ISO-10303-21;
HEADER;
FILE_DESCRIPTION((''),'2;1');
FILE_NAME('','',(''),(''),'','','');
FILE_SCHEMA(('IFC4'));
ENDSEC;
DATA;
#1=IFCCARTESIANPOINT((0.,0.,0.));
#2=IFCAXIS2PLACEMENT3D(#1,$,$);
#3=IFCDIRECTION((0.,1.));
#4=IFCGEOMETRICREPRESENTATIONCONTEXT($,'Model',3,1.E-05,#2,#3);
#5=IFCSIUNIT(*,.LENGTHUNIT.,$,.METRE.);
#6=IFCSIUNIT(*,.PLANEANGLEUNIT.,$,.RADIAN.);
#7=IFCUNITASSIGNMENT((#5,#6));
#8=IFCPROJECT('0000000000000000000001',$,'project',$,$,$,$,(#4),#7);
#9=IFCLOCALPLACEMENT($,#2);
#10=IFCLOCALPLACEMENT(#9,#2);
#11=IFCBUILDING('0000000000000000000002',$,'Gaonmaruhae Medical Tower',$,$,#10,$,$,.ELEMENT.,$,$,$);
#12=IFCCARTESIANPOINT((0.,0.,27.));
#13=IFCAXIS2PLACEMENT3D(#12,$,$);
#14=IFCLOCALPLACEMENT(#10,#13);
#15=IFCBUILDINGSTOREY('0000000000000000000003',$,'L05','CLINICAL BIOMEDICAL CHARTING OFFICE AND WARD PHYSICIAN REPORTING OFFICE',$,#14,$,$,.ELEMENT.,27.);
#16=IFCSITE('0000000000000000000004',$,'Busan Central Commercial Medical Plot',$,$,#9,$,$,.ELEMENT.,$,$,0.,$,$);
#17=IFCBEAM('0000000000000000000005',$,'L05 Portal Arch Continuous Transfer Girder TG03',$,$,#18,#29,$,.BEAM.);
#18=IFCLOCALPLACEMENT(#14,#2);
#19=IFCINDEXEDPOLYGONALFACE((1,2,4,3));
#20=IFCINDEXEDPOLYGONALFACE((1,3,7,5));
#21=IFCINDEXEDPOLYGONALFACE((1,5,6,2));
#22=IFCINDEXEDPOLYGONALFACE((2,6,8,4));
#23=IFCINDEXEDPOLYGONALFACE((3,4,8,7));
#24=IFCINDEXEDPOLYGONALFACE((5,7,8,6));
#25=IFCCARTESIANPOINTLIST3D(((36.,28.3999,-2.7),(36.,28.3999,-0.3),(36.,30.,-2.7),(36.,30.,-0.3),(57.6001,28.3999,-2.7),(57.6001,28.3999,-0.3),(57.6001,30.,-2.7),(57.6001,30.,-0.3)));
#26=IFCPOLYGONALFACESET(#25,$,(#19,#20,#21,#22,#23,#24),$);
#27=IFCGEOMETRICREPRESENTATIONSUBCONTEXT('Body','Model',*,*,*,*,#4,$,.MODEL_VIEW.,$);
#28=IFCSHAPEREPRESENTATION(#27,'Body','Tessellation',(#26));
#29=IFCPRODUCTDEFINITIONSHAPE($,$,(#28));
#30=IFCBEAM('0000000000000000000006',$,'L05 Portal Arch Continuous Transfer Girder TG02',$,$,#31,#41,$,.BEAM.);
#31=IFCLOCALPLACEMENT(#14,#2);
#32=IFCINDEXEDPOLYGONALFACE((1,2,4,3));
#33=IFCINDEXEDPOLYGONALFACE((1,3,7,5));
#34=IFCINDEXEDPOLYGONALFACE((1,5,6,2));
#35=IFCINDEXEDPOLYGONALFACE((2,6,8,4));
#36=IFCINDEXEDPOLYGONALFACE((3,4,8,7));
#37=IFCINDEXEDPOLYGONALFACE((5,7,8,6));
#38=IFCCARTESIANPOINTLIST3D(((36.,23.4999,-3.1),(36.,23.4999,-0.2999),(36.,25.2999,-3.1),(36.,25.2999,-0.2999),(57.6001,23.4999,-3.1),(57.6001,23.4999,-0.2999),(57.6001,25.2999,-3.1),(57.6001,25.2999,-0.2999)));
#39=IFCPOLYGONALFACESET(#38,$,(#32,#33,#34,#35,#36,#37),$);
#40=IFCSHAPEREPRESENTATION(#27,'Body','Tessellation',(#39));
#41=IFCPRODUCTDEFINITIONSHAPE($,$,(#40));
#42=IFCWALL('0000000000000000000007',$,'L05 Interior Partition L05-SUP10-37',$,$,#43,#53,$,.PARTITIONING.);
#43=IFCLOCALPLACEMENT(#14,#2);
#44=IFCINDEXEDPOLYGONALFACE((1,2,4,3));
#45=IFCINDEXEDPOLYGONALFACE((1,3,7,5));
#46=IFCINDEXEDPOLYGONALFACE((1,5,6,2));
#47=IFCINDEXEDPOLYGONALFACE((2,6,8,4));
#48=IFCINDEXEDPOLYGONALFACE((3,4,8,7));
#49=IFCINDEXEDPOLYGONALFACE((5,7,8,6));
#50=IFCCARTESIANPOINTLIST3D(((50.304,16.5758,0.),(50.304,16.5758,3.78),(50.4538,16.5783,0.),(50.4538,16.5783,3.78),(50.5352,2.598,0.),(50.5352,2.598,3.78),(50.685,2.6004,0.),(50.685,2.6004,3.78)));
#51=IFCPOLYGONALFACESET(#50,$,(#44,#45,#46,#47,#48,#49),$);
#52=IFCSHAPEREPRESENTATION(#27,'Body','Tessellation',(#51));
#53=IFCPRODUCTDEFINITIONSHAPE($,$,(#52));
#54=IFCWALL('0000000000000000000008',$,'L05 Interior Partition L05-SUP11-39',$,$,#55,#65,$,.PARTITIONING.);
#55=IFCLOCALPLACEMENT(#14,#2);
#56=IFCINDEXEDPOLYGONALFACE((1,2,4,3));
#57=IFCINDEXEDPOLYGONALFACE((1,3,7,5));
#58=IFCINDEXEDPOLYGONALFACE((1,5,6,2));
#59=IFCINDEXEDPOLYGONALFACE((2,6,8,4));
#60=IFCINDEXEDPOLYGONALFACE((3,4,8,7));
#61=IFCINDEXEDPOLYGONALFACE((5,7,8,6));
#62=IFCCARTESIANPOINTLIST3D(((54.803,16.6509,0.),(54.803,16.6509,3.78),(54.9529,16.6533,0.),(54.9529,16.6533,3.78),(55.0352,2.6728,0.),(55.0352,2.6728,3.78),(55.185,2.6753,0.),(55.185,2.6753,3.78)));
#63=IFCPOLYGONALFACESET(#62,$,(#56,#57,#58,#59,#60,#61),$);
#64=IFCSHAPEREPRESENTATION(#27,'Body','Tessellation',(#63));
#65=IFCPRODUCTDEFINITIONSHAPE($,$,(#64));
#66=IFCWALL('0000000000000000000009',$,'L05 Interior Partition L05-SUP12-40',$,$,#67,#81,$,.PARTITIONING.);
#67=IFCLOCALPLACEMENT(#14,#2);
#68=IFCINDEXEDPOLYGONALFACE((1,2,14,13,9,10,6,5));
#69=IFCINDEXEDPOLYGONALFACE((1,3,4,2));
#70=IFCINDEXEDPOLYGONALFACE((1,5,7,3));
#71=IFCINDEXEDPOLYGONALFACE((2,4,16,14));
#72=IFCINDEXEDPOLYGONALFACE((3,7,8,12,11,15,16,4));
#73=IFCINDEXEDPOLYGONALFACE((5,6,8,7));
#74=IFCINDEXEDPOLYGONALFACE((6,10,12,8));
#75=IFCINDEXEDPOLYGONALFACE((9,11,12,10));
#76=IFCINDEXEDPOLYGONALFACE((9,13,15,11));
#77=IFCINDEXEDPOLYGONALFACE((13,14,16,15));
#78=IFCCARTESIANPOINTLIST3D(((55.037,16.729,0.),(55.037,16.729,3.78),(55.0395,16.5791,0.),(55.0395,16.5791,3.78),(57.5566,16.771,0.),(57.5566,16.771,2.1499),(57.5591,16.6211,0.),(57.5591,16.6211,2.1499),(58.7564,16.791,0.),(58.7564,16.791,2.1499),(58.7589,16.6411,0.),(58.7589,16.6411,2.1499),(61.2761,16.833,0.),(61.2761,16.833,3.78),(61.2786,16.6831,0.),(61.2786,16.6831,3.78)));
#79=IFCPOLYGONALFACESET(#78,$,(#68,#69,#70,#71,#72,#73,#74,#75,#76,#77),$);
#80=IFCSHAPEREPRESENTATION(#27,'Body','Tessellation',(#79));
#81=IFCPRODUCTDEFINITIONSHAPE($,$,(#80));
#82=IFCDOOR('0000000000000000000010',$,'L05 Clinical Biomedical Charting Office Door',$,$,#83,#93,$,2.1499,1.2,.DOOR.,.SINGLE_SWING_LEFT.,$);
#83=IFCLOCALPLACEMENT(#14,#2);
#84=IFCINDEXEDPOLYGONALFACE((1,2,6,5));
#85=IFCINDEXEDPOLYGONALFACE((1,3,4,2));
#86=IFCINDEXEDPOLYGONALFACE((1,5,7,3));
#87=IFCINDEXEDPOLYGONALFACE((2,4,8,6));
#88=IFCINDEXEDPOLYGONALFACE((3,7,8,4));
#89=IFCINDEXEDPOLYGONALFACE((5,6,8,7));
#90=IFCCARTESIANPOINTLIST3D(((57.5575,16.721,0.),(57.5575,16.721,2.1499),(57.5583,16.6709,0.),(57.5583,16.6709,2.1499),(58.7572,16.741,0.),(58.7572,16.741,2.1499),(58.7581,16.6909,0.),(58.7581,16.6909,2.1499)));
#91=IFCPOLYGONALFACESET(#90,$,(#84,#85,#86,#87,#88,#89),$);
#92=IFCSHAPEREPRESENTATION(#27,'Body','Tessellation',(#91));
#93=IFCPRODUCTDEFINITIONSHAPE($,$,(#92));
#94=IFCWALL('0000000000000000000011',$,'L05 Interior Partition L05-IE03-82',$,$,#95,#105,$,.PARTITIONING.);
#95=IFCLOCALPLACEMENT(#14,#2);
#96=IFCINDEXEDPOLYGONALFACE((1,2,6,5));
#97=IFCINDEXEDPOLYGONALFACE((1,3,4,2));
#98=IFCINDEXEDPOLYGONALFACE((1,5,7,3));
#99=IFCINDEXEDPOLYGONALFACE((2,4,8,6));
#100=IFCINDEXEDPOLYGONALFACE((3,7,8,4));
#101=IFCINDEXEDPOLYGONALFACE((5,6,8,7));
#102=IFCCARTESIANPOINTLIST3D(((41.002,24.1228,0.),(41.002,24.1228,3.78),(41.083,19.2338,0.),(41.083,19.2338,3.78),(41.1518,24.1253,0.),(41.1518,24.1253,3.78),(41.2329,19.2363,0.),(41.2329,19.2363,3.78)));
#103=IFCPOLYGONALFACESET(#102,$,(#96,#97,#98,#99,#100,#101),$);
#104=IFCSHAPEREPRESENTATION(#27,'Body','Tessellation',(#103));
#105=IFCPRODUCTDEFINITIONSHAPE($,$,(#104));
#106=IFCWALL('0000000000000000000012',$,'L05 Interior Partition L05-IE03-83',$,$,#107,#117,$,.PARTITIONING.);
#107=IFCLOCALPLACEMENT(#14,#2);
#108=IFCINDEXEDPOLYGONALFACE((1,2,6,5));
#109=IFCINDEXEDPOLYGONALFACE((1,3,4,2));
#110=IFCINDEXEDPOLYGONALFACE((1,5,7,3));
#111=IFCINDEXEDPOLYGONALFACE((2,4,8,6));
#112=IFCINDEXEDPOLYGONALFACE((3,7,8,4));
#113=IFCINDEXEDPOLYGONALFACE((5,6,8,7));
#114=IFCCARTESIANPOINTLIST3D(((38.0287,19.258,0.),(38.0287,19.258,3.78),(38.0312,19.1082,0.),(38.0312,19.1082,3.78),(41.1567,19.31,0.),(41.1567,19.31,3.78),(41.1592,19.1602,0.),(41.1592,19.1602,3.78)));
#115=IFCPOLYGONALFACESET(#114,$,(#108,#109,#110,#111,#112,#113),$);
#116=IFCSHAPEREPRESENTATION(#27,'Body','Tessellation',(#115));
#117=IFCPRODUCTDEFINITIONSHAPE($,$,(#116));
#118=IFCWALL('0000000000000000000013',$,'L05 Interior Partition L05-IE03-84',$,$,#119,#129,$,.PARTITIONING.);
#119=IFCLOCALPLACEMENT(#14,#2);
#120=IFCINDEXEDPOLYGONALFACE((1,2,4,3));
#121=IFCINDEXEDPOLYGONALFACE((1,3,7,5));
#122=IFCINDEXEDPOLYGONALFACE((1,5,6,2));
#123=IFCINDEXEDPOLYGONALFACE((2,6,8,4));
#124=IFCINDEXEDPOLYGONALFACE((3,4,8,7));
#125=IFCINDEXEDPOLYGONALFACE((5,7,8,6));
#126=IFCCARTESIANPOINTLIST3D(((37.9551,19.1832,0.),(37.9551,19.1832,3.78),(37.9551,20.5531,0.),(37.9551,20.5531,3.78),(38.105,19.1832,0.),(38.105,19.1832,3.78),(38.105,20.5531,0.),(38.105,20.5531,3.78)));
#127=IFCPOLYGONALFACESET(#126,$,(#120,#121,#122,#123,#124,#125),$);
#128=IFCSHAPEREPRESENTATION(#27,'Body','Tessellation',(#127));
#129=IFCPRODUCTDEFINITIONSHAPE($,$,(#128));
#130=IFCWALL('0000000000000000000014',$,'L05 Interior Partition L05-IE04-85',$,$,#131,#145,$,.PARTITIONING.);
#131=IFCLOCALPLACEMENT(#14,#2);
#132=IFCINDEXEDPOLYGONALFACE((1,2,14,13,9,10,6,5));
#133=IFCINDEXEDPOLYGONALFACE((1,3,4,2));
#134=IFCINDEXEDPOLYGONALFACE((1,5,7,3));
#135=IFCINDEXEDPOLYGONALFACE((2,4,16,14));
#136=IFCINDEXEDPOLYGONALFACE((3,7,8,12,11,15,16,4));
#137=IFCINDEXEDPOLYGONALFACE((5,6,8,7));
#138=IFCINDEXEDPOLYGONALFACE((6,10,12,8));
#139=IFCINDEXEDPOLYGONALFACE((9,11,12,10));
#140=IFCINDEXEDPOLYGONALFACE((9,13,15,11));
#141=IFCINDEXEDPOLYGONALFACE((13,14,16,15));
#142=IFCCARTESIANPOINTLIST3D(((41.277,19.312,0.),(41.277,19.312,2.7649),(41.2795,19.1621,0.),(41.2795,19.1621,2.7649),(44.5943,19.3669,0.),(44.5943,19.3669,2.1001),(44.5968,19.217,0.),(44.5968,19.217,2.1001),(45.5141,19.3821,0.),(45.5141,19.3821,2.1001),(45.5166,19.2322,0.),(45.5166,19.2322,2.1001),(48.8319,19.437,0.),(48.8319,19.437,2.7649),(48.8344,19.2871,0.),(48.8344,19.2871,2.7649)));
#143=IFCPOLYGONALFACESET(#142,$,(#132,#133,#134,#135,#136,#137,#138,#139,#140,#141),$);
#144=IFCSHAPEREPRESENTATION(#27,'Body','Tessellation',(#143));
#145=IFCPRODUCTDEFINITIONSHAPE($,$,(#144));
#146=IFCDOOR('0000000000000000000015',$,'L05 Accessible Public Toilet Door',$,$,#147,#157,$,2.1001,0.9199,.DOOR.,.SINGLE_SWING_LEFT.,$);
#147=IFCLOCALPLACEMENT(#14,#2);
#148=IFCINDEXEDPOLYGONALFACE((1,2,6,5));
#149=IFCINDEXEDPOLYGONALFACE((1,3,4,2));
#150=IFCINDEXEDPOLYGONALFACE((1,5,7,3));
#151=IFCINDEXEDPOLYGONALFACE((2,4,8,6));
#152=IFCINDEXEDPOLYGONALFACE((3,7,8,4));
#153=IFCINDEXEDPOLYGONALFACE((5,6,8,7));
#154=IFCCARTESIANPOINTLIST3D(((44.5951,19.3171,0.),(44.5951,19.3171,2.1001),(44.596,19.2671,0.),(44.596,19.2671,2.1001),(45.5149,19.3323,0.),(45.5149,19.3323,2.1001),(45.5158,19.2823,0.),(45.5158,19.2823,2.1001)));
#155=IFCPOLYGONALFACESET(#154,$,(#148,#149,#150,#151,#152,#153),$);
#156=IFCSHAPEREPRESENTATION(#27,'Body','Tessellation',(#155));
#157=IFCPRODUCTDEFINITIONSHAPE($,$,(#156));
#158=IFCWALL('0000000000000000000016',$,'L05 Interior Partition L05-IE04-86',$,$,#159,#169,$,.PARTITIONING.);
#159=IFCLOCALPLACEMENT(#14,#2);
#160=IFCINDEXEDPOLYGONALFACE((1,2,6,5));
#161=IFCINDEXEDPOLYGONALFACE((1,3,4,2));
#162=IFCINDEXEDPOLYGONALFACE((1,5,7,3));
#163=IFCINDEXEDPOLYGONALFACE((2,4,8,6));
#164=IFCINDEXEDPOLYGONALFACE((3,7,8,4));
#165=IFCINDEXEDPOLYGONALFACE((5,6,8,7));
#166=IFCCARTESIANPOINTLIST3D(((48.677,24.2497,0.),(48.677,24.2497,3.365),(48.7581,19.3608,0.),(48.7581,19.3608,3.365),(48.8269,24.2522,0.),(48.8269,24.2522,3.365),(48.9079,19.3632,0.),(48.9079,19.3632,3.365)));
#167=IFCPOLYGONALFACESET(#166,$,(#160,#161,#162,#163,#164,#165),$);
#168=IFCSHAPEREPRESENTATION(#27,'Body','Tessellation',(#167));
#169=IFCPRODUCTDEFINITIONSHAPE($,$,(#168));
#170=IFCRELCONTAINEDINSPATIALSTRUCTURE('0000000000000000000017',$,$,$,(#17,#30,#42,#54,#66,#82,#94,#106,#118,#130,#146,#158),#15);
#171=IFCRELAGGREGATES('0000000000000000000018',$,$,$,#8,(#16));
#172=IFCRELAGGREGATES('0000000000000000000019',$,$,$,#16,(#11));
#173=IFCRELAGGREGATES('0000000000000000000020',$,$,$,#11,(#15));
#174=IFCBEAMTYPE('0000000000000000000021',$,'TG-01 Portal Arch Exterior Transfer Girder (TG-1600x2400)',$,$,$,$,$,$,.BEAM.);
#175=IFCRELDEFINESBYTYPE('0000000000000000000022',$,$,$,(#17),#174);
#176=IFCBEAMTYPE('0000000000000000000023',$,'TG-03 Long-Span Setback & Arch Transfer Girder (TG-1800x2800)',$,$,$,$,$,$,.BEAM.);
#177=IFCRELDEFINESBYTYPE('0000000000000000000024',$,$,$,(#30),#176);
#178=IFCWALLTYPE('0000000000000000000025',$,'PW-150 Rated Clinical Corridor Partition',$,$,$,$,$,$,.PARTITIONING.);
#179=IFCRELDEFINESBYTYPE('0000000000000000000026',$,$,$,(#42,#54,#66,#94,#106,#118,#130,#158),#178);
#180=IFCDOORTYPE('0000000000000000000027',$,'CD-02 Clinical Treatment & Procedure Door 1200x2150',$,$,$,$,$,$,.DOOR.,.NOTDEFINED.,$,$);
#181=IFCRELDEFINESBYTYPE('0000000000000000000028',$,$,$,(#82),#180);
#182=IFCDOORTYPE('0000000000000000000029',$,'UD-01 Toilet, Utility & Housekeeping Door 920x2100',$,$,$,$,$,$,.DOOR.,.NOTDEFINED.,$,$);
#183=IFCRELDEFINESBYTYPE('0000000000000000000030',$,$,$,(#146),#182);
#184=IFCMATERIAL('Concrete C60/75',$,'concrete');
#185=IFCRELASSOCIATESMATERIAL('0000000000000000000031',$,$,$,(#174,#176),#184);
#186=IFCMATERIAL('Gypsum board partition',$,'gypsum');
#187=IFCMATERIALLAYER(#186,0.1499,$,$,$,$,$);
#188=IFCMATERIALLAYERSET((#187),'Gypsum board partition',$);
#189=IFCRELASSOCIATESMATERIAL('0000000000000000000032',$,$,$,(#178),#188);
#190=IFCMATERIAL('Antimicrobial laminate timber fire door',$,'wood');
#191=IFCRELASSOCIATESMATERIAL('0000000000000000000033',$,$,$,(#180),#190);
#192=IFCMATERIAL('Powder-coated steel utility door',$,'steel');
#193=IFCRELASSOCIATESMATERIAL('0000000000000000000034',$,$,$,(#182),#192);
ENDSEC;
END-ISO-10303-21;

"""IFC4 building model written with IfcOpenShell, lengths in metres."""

from ifc_helpers import new_model, si_unit, direction, frame, frame_2d, origin, origin_2d, place, context, subcontext, project, spatial, rectangle, extrude, material, layer, layer_set, material_profile, profile_set, type_object, element, fill, save


model = new_model("IFC4")

# Units and contexts
model_context = context("Model", 3, precision=1e-05, world=origin(), true_north=direction((0.0, 1.0)))
body_context = subcontext(model_context, "Body", "Model", "MODEL_VIEW")
ifc_project = project(units=[si_unit("LENGTHUNIT", "METRE"), si_unit("PLANEANGLEUNIT", "RADIAN")], contexts=[model_context])

# Site, building, storey
site_placement = place(None, origin())
site = spatial("IfcSite", under=ifc_project, at=site_placement, Name="Busan Central Commercial Medical Plot", CompositionType="ELEMENT", RefElevation=0.0)
building_placement = place(site_placement, origin())
building = spatial("IfcBuilding", under=site, at=building_placement, Name="Gaonmaruhae Medical Tower", CompositionType="ELEMENT")
storey_placement = place(building_placement, frame((0.0, 0.0, 27.0)))
storey = spatial("IfcBuildingStorey", under=building, at=storey_placement, Name="L05", Description="CLINICAL BIOMEDICAL CHARTING OFFICE AND WARD PHYSICIAN REPORTING OFFICE", CompositionType="ELEMENT", Elevation=27.0)

# Shared definitions
ifc_material_1 = material(Name="Concrete C60/75", Category="concrete")

# Beams
ifc_material_profile_1 = material_profile(ifc_material_1, rectangle(XDim=1.6001, YDim=2.3999, at=origin_2d()), Name="TG-1600x2400")
ifc_profile_set_1 = profile_set([ifc_material_profile_1], Name="Concrete C60/75")
beam_type_1 = type_object("IfcBeamType", Name="TG-01 Portal Arch Exterior Transfer Girder (TG-1600x2400)", PredefinedType="BEAM", material=ifc_profile_set_1)
beam_1_placement = place(storey_placement, frame((36.0, 29.2, -1.5), z_axis=(1.0, 0.0, 0.0), x_axis=(0.0, 1.0, 0.0)))
element("IfcBeam", 1, at=beam_1_placement, inside=storey, type_object=beam_type_1, Name="L05 Portal Arch Continuous Transfer Girder TG03", PredefinedType="BEAM", context=body_context, shape_type="SweptSolid", body=[
    extrude(rectangle(XDim=1.6001, YDim=2.3999, at=origin_2d()), origin(), (0.0, 0.0, 1.0), 21.6001),
])
ifc_material_profile_2 = material_profile(ifc_material_1, rectangle(XDim=1.8, YDim=2.8, at=origin_2d()), Name="TG-1800x2800")
ifc_profile_set_2 = profile_set([ifc_material_profile_2], Name="Concrete C60/75")
beam_type_2 = type_object("IfcBeamType", Name="TG-03 Long-Span Setback & Arch Transfer Girder (TG-1800x2800)", PredefinedType="BEAM", material=ifc_profile_set_2)
beam_2_placement = place(storey_placement, frame((36.0, 24.3999, -1.7), z_axis=(1.0, 0.0, 0.0), x_axis=(0.0, 1.0, 0.0)))
element("IfcBeam", 2, at=beam_2_placement, inside=storey, type_object=beam_type_2, Name="L05 Portal Arch Continuous Transfer Girder TG02", PredefinedType="BEAM", context=body_context, shape_type="SweptSolid", body=[
    extrude(rectangle(XDim=1.8, YDim=2.8, at=origin_2d()), origin(), (0.0, 0.0, 1.0), 21.6001),
])

# Shared definitions
ifc_material_2 = material(Name="Gypsum board partition", Category="gypsum")
ifc_layer_1 = layer(ifc_material_2, 0.1499)
ifc_layer_set_1 = layer_set([ifc_layer_1], Name="Gypsum board partition")
wall_type = type_object("IfcWallType", Name="PW-150 Rated Clinical Corridor Partition", PredefinedType="PARTITIONING", material=ifc_layer_set_1)
ifc_material_3 = material(Name="Antimicrobial laminate timber fire door", Category="wood")
door_type_1 = type_object("IfcDoorType", Name="CD-02 Clinical Treatment & Procedure Door 1200x2150", OperationType="NOTDEFINED", PredefinedType="DOOR", material=ifc_material_3)

# Wall
wall_1_placement = place(storey_placement, frame((50.3789, 16.5769, 0.0), z_axis=(0.0, 0.0, 1.0), x_axis=(0.016538, -0.999863, 0.0)))
element("IfcWall", 3, at=wall_1_placement, inside=storey, type_object=wall_type, Name="L05 Interior Partition L05-SUP10-37", PredefinedType="PARTITIONING", context=body_context, shape_type="SweptSolid", body=[
    extrude(rectangle(XDim=13.9797, YDim=0.1499, at=frame_2d((6.9897, 0.0))), origin(), (0.0, 0.0, 1.0), 3.78),
])

# Wall
wall_2_placement = place(storey_placement, frame((54.8779, 16.6521, 0.0), z_axis=(0.0, 0.0, 1.0), x_axis=(0.016608, -0.999862, 0.0)))
element("IfcWall", 4, at=wall_2_placement, inside=storey, type_object=wall_type, Name="L05 Interior Partition L05-SUP11-39", PredefinedType="PARTITIONING", context=body_context, shape_type="SweptSolid", body=[
    extrude(rectangle(XDim=13.98, YDim=0.1499, at=frame_2d((6.99, 0.0))), origin(), (0.0, 0.0, 1.0), 3.78),
])

# Wall, opening, door
wall_3_placement = place(storey_placement, frame((55.0381, 16.6541, 0.0), z_axis=(0.0, 0.0, 1.0), x_axis=(0.999861, 0.016668, 0.0)))
wall_3 = element("IfcWall", 5, at=wall_3_placement, inside=storey, type_object=wall_type, Name="L05 Interior Partition L05-SUP12-40", PredefinedType="PARTITIONING", context=body_context, shape_type="SweptSolid", body=[
    extrude(rectangle(XDim=6.24, YDim=0.1499, at=frame_2d((3.1201, 0.0))), origin(), (0.0, 0.0, 1.0), 3.78),
])
opening_1_placement = place(wall_3_placement, frame((2.52, 0.0, 0.0)))
opening_1 = element("IfcOpeningElement", 6, at=opening_1_placement, cuts=wall_3, PredefinedType="OPENING", context=body_context, shape_type="SweptSolid", body=[
    extrude(rectangle(XDim=1.2, YDim=2.1499, at=frame_2d((0.6001, 1.075))), frame((0.0, 0.085, 0.0), z_axis=(0.0, -1.0, 0.0), x_axis=(1.0, 0.0, 0.0)), (0.0, 0.0, 1.0), 0.1699),
])
door_1_placement = place(opening_1_placement, origin())
door_1 = element("IfcDoor", 7, at=door_1_placement, inside=storey, type_object=door_type_1, Name="L05 Clinical Biomedical Charting Office Door", OperationType="SINGLE_SWING_LEFT", OverallHeight=2.1499, OverallWidth=1.2, PredefinedType="DOOR", context=body_context, shape_type="SweptSolid", body=[
    extrude(rectangle(XDim=1.2, YDim=2.1499, at=frame_2d((0.6001, 1.075))), frame((0.0, 0.0249, 0.0), z_axis=(0.0, -1.0, 0.0), x_axis=(1.0, 0.0, 0.0)), (0.0, 0.0, 1.0), 0.05),
])
fill(opening_1, door_1)

# Walls
wall_4_placement = place(storey_placement, frame((41.0769, 24.124, 0.0), z_axis=(0.0, 0.0, 1.0), x_axis=(0.016577, -0.999863, 0.0)))
element("IfcWall", 8, at=wall_4_placement, inside=storey, type_object=wall_type, Name="L05 Interior Partition L05-IE03-82", PredefinedType="PARTITIONING", context=body_context, shape_type="SweptSolid", body=[
    extrude(rectangle(XDim=4.8896, YDim=0.1499, at=frame_2d((2.4448, 0.0))), origin(), (0.0, 0.0, 1.0), 3.78),
])
wall_5_placement = place(storey_placement, frame((41.158, 19.2351, 0.0), z_axis=(0.0, 0.0, 1.0), x_axis=(-0.999862, -0.016623, 0.0)))
element("IfcWall", 9, at=wall_5_placement, inside=storey, type_object=wall_type, Name="L05 Interior Partition L05-IE03-83", PredefinedType="PARTITIONING", context=body_context, shape_type="SweptSolid", body=[
    extrude(rectangle(XDim=3.1284, YDim=0.1499, at=frame_2d((1.5642, 0.0))), origin(), (0.0, 0.0, 1.0), 3.78),
])
wall_6_placement = place(storey_placement, frame((38.03, 19.1831, 0.0), z_axis=(0.0, 0.0, 1.0), x_axis=(0.0, 1.0, 0.0)))
element("IfcWall", 10, at=wall_6_placement, inside=storey, type_object=wall_type, Name="L05 Interior Partition L05-IE03-84", PredefinedType="PARTITIONING", context=body_context, shape_type="SweptSolid", body=[
    extrude(rectangle(XDim=1.3699, YDim=0.1499, at=frame_2d((0.6851, 0.0))), origin(), (0.0, 0.0, 1.0), 3.78),
])

# Wall, opening, door
wall_7_placement = place(storey_placement, frame((48.833, 19.3621, 0.0), z_axis=(0.0, 0.0, 1.0), x_axis=(-0.999863, -0.016543, 0.0)))
wall_7 = element("IfcWall", 11, at=wall_7_placement, inside=storey, type_object=wall_type, Name="L05 Interior Partition L05-IE04-85", PredefinedType="PARTITIONING", context=body_context, shape_type="SweptSolid", body=[
    extrude(rectangle(XDim=7.5559, YDim=0.1499, at=frame_2d((3.7778, 0.0))), origin(), (0.0, 0.0, 1.0), 2.7649),
])
opening_2_placement = place(wall_7_placement, frame((3.3181, 0.0, 0.0)))
opening_2 = element("IfcOpeningElement", 12, at=opening_2_placement, cuts=wall_7, PredefinedType="OPENING", context=body_context, shape_type="SweptSolid", body=[
    extrude(rectangle(XDim=0.9199, YDim=2.1001, at=frame_2d((0.46, 1.05))), frame((0.0, 0.085, 0.0), z_axis=(0.0, -1.0, 0.0), x_axis=(1.0, 0.0, 0.0)), (0.0, 0.0, 1.0), 0.1699),
])
ifc_material_4 = material(Name="Powder-coated steel utility door", Category="steel")
door_type_2 = type_object("IfcDoorType", Name="UD-01 Toilet, Utility & Housekeeping Door 920x2100", OperationType="NOTDEFINED", PredefinedType="DOOR", material=ifc_material_4)
door_2_placement = place(opening_2_placement, origin())
door_2 = element("IfcDoor", 13, at=door_2_placement, inside=storey, type_object=door_type_2, Name="L05 Accessible Public Toilet Door", OperationType="SINGLE_SWING_LEFT", OverallHeight=2.1001, OverallWidth=0.9199, PredefinedType="DOOR", context=body_context, shape_type="SweptSolid", body=[
    extrude(rectangle(XDim=0.9199, YDim=2.1001, at=frame_2d((0.46, 1.05))), frame((0.0, 0.0249, 0.0), z_axis=(0.0, -1.0, 0.0), x_axis=(1.0, 0.0, 0.0)), (0.0, 0.0, 1.0), 0.05),
])
fill(opening_2, door_2)

# Wall
wall_8_placement = place(storey_placement, frame((48.752, 24.251, 0.0), z_axis=(0.0, 0.0, 1.0), x_axis=(0.016577, -0.999863, 0.0)))
element("IfcWall", 14, at=wall_8_placement, inside=storey, type_object=wall_type, Name="L05 Interior Partition L05-IE04-86", PredefinedType="PARTITIONING", context=body_context, shape_type="SweptSolid", body=[
    extrude(rectangle(XDim=4.8896, YDim=0.1499, at=frame_2d((2.4448, 0.0))), origin(), (0.0, 0.0, 1.0), 3.365),
])

save(model, "model.ifc")
